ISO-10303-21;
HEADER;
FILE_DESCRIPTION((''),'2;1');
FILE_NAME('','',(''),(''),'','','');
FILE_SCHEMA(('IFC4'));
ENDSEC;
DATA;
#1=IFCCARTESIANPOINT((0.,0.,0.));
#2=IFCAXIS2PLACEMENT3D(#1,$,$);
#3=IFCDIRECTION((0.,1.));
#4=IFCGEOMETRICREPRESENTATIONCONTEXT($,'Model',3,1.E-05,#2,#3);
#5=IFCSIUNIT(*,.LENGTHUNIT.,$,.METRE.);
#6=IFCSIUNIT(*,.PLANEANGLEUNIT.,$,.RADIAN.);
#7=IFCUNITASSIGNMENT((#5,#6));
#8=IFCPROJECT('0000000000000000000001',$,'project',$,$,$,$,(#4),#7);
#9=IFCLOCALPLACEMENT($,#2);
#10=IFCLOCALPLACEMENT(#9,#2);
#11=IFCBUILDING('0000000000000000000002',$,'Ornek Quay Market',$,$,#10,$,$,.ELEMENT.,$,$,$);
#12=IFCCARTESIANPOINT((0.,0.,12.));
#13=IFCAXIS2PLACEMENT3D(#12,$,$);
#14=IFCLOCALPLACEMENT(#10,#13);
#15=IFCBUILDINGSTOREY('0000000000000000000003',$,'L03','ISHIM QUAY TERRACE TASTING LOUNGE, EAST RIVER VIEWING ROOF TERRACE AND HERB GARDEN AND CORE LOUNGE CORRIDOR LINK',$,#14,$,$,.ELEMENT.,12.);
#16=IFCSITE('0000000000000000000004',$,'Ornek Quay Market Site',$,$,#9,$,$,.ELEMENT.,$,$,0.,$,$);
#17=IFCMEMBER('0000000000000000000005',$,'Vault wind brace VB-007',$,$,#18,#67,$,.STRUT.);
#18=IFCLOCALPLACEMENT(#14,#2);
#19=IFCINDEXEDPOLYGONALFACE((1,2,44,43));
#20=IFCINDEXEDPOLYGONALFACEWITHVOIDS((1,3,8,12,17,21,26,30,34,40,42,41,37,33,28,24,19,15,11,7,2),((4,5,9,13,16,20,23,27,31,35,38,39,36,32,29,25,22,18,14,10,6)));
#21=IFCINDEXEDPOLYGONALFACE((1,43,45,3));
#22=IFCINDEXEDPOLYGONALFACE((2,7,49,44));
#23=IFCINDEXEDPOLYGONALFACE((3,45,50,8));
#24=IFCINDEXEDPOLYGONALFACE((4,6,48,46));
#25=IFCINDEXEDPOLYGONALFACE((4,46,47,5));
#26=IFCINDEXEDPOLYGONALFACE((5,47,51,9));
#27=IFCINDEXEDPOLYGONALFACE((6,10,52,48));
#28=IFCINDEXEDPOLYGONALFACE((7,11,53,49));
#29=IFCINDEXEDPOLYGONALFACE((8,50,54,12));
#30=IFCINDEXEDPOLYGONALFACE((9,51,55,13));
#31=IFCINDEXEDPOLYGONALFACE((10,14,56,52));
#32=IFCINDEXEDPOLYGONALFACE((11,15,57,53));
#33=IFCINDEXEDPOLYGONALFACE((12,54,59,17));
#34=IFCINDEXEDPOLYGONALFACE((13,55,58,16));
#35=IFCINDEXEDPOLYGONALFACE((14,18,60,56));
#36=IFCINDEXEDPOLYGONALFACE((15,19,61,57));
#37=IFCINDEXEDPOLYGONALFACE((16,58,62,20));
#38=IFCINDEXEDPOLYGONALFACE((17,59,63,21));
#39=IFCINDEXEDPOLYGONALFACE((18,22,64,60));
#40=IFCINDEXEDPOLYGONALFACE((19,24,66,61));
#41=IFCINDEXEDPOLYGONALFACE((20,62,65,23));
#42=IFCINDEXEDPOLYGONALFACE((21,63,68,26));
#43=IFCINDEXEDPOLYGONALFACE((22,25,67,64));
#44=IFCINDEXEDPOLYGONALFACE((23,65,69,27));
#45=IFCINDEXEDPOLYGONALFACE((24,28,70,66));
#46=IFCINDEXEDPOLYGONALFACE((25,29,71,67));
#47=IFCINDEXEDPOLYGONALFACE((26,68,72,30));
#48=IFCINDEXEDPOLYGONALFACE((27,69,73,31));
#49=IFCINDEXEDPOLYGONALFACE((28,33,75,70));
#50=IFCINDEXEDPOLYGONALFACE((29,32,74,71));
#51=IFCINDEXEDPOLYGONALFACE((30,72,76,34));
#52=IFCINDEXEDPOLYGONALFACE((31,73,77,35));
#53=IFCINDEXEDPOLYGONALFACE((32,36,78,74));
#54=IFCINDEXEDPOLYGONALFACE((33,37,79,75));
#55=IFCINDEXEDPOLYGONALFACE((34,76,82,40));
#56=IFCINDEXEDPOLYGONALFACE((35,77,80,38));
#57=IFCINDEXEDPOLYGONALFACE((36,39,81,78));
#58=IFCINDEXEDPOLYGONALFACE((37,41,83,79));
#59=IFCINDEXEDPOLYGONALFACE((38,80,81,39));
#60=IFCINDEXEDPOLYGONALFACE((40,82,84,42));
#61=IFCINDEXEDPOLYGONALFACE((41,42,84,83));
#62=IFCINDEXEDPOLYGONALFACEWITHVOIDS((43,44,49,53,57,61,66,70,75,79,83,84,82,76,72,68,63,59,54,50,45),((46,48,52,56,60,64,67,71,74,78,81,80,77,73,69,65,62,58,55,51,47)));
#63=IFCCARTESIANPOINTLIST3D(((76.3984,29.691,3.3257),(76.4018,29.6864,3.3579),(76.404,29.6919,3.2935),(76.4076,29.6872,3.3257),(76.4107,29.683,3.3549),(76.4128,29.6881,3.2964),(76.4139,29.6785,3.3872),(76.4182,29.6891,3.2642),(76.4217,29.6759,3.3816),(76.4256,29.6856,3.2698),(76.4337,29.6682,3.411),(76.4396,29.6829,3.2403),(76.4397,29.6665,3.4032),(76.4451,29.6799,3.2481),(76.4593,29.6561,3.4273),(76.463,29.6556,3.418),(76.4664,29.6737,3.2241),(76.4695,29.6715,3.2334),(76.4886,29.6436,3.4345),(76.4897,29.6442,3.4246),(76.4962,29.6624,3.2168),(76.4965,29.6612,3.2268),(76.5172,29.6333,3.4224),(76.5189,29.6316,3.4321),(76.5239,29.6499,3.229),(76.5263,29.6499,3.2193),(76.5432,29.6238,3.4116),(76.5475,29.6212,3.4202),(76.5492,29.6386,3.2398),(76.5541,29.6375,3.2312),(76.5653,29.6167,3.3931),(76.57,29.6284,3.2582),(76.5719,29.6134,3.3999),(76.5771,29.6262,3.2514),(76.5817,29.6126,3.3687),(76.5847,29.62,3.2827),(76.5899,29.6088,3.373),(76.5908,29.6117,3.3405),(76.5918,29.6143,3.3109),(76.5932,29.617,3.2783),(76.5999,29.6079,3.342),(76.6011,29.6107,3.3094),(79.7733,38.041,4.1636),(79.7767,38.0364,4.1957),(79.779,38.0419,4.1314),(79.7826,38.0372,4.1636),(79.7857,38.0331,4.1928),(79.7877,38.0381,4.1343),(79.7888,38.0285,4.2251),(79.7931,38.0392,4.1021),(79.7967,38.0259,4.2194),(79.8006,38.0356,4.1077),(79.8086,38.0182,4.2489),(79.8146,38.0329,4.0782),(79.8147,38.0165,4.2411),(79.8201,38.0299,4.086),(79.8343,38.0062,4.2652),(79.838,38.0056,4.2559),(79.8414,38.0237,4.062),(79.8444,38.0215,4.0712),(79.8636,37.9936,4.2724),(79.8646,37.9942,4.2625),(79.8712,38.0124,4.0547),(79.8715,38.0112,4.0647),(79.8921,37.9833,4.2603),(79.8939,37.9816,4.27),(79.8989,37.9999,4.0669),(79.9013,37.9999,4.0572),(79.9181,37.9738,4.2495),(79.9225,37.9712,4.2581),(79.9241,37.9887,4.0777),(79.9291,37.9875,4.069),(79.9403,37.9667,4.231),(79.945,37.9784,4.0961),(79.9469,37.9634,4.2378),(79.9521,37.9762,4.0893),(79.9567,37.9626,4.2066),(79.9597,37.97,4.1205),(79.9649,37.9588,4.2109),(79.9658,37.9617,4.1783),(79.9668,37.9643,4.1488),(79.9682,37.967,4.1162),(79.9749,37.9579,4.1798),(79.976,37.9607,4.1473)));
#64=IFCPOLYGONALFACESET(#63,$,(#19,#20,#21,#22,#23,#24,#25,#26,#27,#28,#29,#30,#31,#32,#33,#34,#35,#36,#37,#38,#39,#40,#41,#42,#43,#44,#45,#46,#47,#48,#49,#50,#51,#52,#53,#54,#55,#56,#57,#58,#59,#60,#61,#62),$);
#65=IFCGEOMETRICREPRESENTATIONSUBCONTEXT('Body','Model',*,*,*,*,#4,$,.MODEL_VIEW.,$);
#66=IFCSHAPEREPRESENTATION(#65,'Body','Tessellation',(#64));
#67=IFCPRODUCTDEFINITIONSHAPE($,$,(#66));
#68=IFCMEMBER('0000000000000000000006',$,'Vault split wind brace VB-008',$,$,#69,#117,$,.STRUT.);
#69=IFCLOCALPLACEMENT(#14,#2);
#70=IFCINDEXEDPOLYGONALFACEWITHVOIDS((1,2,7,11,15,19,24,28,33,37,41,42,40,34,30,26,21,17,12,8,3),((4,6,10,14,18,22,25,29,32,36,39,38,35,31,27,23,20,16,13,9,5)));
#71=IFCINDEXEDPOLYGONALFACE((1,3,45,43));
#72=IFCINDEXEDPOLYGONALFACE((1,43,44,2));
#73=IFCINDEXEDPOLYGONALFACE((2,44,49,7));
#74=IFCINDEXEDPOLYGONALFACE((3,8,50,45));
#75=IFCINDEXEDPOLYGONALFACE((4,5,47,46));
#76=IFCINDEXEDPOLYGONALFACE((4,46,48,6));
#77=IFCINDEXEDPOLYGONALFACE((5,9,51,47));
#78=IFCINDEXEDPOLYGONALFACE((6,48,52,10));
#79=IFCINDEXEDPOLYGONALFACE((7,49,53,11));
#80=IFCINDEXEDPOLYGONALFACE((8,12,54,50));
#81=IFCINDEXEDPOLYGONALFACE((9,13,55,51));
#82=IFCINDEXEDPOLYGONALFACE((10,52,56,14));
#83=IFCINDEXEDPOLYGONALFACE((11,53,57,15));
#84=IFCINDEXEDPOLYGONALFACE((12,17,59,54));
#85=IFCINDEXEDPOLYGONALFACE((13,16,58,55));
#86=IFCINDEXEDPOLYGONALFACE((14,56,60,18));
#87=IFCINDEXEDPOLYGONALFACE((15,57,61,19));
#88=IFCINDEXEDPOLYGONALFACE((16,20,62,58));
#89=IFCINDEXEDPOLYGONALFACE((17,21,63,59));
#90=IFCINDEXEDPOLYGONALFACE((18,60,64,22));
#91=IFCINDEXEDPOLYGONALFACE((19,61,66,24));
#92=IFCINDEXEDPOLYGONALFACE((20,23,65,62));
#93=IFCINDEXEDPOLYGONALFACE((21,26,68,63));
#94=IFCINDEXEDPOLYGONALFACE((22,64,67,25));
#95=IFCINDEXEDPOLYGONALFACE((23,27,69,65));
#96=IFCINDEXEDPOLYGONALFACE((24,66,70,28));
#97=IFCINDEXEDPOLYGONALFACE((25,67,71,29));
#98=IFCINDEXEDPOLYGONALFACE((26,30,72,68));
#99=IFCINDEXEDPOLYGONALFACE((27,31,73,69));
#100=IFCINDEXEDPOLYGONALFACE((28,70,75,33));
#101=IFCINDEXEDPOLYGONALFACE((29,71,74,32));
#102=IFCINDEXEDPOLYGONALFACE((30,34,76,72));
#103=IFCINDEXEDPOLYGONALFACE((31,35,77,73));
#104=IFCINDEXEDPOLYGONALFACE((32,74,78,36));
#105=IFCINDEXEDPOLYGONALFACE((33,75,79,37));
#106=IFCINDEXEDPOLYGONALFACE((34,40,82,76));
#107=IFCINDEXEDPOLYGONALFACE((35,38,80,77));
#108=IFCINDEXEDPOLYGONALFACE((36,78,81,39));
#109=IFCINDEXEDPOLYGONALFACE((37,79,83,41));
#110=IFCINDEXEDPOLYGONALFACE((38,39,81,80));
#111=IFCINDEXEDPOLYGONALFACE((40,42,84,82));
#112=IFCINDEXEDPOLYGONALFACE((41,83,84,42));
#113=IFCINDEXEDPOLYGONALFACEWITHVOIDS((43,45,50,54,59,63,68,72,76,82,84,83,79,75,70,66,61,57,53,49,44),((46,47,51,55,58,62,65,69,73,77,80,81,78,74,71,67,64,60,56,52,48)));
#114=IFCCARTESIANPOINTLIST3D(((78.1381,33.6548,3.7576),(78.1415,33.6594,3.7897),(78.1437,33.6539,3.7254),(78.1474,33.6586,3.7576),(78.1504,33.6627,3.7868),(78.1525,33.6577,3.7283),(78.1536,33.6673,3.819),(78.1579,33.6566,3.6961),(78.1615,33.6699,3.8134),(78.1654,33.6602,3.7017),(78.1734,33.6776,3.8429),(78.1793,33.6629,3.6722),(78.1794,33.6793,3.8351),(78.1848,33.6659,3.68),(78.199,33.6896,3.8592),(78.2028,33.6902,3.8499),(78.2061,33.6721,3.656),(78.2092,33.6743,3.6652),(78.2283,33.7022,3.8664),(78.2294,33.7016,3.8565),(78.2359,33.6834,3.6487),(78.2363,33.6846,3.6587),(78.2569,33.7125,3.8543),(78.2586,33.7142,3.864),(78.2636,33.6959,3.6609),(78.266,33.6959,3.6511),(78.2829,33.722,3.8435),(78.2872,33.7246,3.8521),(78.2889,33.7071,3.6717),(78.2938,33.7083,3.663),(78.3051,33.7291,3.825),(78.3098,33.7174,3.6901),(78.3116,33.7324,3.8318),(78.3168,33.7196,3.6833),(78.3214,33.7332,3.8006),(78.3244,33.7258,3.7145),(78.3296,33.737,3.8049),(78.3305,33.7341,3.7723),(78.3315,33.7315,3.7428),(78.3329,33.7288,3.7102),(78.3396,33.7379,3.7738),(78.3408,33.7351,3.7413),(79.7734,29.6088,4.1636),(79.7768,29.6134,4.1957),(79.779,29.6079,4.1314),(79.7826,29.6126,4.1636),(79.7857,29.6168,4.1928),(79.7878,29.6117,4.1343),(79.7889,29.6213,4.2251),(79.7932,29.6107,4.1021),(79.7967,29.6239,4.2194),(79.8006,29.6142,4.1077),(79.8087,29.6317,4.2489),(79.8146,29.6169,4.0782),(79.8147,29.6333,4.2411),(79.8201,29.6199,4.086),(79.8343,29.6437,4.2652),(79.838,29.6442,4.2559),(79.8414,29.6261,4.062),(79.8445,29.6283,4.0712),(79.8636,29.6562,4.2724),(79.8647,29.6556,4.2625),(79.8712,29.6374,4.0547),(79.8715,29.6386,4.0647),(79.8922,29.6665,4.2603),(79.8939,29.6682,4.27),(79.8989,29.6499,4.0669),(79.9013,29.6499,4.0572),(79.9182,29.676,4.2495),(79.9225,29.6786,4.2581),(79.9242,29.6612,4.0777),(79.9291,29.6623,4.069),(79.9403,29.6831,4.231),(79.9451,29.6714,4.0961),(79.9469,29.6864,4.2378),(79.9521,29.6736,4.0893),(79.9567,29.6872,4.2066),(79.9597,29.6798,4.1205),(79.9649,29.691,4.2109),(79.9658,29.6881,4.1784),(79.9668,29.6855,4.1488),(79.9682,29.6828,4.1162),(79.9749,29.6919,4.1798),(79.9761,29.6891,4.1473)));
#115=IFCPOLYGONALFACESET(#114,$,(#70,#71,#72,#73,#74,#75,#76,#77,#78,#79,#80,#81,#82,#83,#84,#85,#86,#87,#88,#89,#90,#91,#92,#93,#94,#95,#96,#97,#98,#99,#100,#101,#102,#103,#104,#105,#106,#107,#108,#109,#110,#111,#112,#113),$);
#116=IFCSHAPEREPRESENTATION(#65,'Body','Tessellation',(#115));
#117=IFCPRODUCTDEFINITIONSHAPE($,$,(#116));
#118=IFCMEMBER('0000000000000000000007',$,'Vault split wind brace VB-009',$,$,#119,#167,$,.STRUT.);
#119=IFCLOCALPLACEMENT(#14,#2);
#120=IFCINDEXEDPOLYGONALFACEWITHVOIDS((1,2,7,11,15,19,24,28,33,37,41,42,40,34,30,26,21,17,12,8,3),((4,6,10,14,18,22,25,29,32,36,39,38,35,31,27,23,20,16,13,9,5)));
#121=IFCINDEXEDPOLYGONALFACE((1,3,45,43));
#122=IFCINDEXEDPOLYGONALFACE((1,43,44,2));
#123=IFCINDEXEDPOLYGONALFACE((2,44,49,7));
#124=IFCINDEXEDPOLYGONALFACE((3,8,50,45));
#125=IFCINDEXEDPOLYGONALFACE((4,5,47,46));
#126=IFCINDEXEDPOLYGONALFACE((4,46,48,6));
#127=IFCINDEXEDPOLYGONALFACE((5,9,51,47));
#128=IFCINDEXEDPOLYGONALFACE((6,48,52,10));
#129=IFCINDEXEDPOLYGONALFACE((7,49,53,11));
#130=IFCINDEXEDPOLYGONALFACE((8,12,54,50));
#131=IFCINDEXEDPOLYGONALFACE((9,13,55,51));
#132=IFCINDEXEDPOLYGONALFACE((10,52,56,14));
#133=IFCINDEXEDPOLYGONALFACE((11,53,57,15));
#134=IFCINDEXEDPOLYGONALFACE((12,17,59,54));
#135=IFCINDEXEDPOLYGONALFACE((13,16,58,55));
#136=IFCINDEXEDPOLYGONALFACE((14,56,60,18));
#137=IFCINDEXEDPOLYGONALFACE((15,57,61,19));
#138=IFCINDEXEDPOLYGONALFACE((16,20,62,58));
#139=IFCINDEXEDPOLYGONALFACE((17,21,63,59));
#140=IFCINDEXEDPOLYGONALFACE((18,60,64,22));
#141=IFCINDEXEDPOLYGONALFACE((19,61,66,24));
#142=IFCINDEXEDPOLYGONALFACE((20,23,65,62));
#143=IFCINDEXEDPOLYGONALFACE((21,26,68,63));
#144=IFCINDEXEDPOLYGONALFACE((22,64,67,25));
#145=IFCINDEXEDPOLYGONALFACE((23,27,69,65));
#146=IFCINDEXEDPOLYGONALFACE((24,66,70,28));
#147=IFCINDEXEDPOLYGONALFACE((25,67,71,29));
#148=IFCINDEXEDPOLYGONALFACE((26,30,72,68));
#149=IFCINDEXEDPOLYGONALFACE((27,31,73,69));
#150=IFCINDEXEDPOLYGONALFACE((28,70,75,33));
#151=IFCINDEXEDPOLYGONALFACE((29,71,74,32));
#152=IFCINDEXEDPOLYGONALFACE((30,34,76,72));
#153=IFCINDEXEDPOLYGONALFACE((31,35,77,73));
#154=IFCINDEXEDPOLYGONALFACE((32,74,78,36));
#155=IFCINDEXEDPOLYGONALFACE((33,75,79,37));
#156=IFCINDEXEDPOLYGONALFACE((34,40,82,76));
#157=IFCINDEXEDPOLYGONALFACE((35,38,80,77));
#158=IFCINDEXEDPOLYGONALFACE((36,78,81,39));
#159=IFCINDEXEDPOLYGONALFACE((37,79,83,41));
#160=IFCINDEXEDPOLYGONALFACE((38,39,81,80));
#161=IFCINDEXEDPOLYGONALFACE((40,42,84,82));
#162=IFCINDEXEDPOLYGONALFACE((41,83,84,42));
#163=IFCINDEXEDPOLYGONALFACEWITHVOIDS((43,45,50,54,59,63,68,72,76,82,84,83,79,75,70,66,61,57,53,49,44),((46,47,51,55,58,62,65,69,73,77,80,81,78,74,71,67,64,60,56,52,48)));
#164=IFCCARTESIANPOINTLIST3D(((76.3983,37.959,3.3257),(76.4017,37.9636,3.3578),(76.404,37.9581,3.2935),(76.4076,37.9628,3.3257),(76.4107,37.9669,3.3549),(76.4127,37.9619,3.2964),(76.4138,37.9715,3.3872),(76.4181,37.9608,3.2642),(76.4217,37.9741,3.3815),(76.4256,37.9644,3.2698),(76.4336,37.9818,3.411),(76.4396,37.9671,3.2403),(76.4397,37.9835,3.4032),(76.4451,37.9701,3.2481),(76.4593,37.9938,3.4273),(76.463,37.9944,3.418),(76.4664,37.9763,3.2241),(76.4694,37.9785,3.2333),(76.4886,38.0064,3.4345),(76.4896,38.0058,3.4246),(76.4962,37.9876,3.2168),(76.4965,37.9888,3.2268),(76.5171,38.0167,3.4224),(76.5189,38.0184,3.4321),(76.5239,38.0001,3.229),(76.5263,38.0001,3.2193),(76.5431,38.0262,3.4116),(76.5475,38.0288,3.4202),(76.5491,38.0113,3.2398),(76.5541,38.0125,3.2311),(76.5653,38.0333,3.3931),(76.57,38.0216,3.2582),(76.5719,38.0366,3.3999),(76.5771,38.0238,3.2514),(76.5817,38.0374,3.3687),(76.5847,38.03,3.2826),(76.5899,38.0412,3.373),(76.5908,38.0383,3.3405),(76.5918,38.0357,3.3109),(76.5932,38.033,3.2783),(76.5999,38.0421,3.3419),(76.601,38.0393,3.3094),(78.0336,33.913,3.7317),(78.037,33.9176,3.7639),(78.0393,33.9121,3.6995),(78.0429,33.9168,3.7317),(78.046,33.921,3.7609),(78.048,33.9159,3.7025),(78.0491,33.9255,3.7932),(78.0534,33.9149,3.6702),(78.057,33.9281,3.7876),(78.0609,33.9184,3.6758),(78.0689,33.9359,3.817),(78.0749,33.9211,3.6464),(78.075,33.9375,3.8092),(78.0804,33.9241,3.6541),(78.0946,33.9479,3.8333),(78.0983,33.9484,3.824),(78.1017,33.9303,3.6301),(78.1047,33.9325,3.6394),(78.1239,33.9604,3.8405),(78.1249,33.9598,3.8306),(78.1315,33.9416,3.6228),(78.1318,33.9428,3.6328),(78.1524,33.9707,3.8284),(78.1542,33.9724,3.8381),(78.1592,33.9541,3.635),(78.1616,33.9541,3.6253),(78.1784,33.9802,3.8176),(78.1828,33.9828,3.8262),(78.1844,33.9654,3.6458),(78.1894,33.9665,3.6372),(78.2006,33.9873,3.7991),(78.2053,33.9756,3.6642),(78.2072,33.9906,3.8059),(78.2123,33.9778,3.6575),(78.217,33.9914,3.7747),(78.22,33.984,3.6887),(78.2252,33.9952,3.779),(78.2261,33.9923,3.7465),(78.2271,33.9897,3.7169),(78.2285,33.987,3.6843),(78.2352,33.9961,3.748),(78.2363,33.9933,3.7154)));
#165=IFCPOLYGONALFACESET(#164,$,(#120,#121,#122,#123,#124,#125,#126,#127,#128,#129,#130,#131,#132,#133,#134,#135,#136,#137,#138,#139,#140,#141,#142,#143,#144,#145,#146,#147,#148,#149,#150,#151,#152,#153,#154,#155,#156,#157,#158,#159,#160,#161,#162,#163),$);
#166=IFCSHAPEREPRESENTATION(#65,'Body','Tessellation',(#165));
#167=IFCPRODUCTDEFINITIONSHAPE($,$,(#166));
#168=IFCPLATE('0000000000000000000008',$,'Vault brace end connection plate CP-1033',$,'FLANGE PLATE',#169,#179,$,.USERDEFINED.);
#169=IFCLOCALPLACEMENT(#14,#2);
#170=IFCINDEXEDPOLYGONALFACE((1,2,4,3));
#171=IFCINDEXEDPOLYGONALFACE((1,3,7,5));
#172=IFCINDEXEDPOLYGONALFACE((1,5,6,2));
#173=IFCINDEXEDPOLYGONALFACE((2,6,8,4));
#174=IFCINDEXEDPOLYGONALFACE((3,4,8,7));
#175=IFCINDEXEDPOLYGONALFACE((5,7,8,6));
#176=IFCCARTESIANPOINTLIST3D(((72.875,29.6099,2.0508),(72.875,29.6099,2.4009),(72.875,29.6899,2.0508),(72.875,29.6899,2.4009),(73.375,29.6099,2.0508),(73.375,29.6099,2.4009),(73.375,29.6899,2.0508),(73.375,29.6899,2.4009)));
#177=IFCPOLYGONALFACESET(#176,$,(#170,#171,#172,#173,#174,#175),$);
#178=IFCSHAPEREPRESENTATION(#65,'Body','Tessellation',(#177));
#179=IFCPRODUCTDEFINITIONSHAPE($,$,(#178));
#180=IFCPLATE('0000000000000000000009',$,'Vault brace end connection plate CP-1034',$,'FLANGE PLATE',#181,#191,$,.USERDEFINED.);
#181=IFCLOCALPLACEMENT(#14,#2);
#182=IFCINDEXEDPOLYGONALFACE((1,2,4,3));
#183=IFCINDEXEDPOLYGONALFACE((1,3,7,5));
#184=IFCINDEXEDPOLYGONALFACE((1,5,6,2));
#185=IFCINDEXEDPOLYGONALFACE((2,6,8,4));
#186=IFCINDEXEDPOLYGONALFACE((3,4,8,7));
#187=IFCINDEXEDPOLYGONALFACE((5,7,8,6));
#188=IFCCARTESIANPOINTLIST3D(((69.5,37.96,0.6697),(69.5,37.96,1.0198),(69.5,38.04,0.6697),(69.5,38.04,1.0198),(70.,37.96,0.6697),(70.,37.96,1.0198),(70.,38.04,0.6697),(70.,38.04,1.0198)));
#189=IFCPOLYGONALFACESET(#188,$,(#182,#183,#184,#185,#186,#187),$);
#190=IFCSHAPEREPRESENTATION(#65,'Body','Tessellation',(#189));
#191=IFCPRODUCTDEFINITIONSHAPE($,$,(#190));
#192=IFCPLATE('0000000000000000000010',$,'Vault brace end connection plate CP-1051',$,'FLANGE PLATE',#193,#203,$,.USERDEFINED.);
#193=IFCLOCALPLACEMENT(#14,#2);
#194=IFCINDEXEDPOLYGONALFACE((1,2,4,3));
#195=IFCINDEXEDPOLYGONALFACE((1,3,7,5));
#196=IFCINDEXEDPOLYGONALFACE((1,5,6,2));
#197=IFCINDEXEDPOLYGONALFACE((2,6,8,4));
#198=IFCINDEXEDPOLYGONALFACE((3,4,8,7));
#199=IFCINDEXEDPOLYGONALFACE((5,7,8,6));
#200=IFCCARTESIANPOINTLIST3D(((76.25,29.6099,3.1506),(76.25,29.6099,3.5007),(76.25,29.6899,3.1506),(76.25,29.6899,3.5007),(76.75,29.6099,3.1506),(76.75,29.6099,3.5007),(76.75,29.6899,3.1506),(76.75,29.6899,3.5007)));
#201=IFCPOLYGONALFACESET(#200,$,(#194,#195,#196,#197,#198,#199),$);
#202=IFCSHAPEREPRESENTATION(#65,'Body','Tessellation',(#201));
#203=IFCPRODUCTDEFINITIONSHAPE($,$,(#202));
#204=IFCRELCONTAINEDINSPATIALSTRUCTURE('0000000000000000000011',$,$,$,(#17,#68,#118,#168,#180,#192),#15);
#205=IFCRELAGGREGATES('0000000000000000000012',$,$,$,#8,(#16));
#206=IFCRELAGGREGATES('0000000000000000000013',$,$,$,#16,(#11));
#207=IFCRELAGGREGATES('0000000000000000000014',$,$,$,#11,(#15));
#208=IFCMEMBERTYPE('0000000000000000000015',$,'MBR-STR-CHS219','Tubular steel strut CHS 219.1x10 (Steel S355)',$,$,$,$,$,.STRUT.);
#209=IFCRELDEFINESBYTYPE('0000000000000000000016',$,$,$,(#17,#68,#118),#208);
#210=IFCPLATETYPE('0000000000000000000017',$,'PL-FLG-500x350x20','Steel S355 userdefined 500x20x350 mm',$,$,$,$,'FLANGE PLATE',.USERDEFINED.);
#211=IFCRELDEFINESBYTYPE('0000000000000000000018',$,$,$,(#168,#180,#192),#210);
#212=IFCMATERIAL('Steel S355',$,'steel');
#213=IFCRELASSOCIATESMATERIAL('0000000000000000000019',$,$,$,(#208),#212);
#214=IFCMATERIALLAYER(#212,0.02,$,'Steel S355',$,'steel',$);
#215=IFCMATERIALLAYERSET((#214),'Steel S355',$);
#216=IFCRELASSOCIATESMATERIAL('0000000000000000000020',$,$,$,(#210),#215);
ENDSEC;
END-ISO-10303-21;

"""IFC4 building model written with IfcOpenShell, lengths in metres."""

from ifc_helpers import new_model, si_unit, direction, frame, origin, origin_2d, place, context, subcontext, project, spatial, rectangle, hollow_circle, extrude, material, layer, layer_set, material_profile, profile_set, type_object, element, save


model = new_model("IFC4")

# Units and contexts
model_context = context("Model", 3, precision=1e-05, world=origin(), true_north=direction((0.0, 1.0)))
body_context = subcontext(model_context, "Body", "Model", "MODEL_VIEW")
ifc_project = project(units=[si_unit("LENGTHUNIT", "METRE"), si_unit("PLANEANGLEUNIT", "RADIAN")], contexts=[model_context])

# Site, building, storey
site_placement = place(None, origin())
site = spatial("IfcSite", under=ifc_project, at=site_placement, Name="Ornek Quay Market Site", CompositionType="ELEMENT", RefElevation=0.0)
building_placement = place(site_placement, origin())
building = spatial("IfcBuilding", under=site, at=building_placement, Name="Ornek Quay Market", CompositionType="ELEMENT")
storey_placement = place(building_placement, frame((0.0, 0.0, 12.0)))
storey = spatial("IfcBuildingStorey", under=building, at=storey_placement, Name="L03", Description="ISHIM QUAY TERRACE TASTING LOUNGE, EAST RIVER VIEWING ROOF TERRACE AND HERB GARDEN AND CORE LOUNGE CORRIDOR LINK", CompositionType="ELEMENT", Elevation=12.0)

# Shared definitions
ifc_material_1 = material(Name="Steel S355", Category="steel")

# Members
ifc_material_profile_1 = material_profile(ifc_material_1, hollow_circle(Radius=0.1096, WallThickness=0.01, at=origin_2d()), Name="CHS 219.1x10", Category="steel")
ifc_profile_set_1 = profile_set([ifc_material_profile_1], Name="Steel S355")
member_type_1 = type_object("IfcMemberType", Name="MBR-STR-CHS219", Description="Tubular steel strut CHS 219.1x10 (Steel S355)", PredefinedType="STRUT", material=ifc_profile_set_1)
member_1_placement = place(storey_placement, frame((76.5, 29.6499, 3.3257), z_axis=(0.373123, 0.923146, 0.092633), x_axis=(-0.927132, 0.374735, 0.0)))
element("IfcMember", 1, at=member_1_placement, inside=storey, type_object=member_type_1, Name="Vault wind brace VB-007", PredefinedType="STRUT", context=body_context, shape_type="SweptSolid", body=[
    extrude(hollow_circle(Radius=0.1096, WallThickness=0.01, at=origin_2d()), origin(), (0.0, 0.0, 1.0), 9.0452),
])
for number, where, z_axis, x_axis, name in (
    (2, (79.875, 29.6499, 4.1636), (-0.373114, 0.923149, -0.092638), (-0.927136, -0.374726, 0.0), "Vault split wind brace VB-008"),
    (3, (78.1353, 33.9541, 3.7317), (-0.373114, 0.923149, -0.092638), (-0.927136, -0.374726, 0.0), "Vault split wind brace VB-009"),
):
    element("IfcMember", number, at=place(storey_placement, frame(where, z_axis=z_axis, x_axis=x_axis)), inside=storey, type_object=member_type_1, Name=name, PredefinedType="STRUT", context=body_context, shape_type="SweptSolid", body=[
        extrude(hollow_circle(Radius=0.1096, WallThickness=0.01, at=origin_2d()), origin(), (0.0, 0.0, 1.0), 4.3828),
    ])

# Plates
ifc_layer_1 = layer(ifc_material_1, 0.02, Name="Steel S355", Category="steel")
ifc_layer_set_1 = layer_set([ifc_layer_1], Name="Steel S355")
plate_type_1 = type_object("IfcPlateType", Name="PL-FLG-500x350x20", Description="Steel S355 userdefined 500x20x350 mm", ElementType="FLANGE PLATE", PredefinedType="USERDEFINED", material=ifc_layer_set_1)
for number, where, z_axis, x_axis, name in (
    (4, (73.125, 29.6499, 2.0508), (0.0, 0.0, 1.0), (1.0, 0.0, 0.0), "Vault brace end connection plate CP-1033"),
    (5, (69.75, 38.0, 0.6697), (0.0, 0.0, 1.0), (1.0, 0.0, 0.0), "Vault brace end connection plate CP-1034"),
    (6, (76.5, 29.6499, 3.1506), (0.0, 0.0, 1.0), (1.0, 0.0, 0.0), "Vault brace end connection plate CP-1051"),
):
    element("IfcPlate", number, at=place(storey_placement, frame(where, z_axis=z_axis, x_axis=x_axis)), inside=storey, type_object=plate_type_1, Name=name, ObjectType="FLANGE PLATE", PredefinedType="USERDEFINED", context=body_context, shape_type="SweptSolid", body=[
        extrude(rectangle(XDim=0.5, YDim=0.0801, at=origin_2d()), origin(), (0.0, 0.0, 1.0), 0.3501),
    ])

save(model, "model.ifc")
